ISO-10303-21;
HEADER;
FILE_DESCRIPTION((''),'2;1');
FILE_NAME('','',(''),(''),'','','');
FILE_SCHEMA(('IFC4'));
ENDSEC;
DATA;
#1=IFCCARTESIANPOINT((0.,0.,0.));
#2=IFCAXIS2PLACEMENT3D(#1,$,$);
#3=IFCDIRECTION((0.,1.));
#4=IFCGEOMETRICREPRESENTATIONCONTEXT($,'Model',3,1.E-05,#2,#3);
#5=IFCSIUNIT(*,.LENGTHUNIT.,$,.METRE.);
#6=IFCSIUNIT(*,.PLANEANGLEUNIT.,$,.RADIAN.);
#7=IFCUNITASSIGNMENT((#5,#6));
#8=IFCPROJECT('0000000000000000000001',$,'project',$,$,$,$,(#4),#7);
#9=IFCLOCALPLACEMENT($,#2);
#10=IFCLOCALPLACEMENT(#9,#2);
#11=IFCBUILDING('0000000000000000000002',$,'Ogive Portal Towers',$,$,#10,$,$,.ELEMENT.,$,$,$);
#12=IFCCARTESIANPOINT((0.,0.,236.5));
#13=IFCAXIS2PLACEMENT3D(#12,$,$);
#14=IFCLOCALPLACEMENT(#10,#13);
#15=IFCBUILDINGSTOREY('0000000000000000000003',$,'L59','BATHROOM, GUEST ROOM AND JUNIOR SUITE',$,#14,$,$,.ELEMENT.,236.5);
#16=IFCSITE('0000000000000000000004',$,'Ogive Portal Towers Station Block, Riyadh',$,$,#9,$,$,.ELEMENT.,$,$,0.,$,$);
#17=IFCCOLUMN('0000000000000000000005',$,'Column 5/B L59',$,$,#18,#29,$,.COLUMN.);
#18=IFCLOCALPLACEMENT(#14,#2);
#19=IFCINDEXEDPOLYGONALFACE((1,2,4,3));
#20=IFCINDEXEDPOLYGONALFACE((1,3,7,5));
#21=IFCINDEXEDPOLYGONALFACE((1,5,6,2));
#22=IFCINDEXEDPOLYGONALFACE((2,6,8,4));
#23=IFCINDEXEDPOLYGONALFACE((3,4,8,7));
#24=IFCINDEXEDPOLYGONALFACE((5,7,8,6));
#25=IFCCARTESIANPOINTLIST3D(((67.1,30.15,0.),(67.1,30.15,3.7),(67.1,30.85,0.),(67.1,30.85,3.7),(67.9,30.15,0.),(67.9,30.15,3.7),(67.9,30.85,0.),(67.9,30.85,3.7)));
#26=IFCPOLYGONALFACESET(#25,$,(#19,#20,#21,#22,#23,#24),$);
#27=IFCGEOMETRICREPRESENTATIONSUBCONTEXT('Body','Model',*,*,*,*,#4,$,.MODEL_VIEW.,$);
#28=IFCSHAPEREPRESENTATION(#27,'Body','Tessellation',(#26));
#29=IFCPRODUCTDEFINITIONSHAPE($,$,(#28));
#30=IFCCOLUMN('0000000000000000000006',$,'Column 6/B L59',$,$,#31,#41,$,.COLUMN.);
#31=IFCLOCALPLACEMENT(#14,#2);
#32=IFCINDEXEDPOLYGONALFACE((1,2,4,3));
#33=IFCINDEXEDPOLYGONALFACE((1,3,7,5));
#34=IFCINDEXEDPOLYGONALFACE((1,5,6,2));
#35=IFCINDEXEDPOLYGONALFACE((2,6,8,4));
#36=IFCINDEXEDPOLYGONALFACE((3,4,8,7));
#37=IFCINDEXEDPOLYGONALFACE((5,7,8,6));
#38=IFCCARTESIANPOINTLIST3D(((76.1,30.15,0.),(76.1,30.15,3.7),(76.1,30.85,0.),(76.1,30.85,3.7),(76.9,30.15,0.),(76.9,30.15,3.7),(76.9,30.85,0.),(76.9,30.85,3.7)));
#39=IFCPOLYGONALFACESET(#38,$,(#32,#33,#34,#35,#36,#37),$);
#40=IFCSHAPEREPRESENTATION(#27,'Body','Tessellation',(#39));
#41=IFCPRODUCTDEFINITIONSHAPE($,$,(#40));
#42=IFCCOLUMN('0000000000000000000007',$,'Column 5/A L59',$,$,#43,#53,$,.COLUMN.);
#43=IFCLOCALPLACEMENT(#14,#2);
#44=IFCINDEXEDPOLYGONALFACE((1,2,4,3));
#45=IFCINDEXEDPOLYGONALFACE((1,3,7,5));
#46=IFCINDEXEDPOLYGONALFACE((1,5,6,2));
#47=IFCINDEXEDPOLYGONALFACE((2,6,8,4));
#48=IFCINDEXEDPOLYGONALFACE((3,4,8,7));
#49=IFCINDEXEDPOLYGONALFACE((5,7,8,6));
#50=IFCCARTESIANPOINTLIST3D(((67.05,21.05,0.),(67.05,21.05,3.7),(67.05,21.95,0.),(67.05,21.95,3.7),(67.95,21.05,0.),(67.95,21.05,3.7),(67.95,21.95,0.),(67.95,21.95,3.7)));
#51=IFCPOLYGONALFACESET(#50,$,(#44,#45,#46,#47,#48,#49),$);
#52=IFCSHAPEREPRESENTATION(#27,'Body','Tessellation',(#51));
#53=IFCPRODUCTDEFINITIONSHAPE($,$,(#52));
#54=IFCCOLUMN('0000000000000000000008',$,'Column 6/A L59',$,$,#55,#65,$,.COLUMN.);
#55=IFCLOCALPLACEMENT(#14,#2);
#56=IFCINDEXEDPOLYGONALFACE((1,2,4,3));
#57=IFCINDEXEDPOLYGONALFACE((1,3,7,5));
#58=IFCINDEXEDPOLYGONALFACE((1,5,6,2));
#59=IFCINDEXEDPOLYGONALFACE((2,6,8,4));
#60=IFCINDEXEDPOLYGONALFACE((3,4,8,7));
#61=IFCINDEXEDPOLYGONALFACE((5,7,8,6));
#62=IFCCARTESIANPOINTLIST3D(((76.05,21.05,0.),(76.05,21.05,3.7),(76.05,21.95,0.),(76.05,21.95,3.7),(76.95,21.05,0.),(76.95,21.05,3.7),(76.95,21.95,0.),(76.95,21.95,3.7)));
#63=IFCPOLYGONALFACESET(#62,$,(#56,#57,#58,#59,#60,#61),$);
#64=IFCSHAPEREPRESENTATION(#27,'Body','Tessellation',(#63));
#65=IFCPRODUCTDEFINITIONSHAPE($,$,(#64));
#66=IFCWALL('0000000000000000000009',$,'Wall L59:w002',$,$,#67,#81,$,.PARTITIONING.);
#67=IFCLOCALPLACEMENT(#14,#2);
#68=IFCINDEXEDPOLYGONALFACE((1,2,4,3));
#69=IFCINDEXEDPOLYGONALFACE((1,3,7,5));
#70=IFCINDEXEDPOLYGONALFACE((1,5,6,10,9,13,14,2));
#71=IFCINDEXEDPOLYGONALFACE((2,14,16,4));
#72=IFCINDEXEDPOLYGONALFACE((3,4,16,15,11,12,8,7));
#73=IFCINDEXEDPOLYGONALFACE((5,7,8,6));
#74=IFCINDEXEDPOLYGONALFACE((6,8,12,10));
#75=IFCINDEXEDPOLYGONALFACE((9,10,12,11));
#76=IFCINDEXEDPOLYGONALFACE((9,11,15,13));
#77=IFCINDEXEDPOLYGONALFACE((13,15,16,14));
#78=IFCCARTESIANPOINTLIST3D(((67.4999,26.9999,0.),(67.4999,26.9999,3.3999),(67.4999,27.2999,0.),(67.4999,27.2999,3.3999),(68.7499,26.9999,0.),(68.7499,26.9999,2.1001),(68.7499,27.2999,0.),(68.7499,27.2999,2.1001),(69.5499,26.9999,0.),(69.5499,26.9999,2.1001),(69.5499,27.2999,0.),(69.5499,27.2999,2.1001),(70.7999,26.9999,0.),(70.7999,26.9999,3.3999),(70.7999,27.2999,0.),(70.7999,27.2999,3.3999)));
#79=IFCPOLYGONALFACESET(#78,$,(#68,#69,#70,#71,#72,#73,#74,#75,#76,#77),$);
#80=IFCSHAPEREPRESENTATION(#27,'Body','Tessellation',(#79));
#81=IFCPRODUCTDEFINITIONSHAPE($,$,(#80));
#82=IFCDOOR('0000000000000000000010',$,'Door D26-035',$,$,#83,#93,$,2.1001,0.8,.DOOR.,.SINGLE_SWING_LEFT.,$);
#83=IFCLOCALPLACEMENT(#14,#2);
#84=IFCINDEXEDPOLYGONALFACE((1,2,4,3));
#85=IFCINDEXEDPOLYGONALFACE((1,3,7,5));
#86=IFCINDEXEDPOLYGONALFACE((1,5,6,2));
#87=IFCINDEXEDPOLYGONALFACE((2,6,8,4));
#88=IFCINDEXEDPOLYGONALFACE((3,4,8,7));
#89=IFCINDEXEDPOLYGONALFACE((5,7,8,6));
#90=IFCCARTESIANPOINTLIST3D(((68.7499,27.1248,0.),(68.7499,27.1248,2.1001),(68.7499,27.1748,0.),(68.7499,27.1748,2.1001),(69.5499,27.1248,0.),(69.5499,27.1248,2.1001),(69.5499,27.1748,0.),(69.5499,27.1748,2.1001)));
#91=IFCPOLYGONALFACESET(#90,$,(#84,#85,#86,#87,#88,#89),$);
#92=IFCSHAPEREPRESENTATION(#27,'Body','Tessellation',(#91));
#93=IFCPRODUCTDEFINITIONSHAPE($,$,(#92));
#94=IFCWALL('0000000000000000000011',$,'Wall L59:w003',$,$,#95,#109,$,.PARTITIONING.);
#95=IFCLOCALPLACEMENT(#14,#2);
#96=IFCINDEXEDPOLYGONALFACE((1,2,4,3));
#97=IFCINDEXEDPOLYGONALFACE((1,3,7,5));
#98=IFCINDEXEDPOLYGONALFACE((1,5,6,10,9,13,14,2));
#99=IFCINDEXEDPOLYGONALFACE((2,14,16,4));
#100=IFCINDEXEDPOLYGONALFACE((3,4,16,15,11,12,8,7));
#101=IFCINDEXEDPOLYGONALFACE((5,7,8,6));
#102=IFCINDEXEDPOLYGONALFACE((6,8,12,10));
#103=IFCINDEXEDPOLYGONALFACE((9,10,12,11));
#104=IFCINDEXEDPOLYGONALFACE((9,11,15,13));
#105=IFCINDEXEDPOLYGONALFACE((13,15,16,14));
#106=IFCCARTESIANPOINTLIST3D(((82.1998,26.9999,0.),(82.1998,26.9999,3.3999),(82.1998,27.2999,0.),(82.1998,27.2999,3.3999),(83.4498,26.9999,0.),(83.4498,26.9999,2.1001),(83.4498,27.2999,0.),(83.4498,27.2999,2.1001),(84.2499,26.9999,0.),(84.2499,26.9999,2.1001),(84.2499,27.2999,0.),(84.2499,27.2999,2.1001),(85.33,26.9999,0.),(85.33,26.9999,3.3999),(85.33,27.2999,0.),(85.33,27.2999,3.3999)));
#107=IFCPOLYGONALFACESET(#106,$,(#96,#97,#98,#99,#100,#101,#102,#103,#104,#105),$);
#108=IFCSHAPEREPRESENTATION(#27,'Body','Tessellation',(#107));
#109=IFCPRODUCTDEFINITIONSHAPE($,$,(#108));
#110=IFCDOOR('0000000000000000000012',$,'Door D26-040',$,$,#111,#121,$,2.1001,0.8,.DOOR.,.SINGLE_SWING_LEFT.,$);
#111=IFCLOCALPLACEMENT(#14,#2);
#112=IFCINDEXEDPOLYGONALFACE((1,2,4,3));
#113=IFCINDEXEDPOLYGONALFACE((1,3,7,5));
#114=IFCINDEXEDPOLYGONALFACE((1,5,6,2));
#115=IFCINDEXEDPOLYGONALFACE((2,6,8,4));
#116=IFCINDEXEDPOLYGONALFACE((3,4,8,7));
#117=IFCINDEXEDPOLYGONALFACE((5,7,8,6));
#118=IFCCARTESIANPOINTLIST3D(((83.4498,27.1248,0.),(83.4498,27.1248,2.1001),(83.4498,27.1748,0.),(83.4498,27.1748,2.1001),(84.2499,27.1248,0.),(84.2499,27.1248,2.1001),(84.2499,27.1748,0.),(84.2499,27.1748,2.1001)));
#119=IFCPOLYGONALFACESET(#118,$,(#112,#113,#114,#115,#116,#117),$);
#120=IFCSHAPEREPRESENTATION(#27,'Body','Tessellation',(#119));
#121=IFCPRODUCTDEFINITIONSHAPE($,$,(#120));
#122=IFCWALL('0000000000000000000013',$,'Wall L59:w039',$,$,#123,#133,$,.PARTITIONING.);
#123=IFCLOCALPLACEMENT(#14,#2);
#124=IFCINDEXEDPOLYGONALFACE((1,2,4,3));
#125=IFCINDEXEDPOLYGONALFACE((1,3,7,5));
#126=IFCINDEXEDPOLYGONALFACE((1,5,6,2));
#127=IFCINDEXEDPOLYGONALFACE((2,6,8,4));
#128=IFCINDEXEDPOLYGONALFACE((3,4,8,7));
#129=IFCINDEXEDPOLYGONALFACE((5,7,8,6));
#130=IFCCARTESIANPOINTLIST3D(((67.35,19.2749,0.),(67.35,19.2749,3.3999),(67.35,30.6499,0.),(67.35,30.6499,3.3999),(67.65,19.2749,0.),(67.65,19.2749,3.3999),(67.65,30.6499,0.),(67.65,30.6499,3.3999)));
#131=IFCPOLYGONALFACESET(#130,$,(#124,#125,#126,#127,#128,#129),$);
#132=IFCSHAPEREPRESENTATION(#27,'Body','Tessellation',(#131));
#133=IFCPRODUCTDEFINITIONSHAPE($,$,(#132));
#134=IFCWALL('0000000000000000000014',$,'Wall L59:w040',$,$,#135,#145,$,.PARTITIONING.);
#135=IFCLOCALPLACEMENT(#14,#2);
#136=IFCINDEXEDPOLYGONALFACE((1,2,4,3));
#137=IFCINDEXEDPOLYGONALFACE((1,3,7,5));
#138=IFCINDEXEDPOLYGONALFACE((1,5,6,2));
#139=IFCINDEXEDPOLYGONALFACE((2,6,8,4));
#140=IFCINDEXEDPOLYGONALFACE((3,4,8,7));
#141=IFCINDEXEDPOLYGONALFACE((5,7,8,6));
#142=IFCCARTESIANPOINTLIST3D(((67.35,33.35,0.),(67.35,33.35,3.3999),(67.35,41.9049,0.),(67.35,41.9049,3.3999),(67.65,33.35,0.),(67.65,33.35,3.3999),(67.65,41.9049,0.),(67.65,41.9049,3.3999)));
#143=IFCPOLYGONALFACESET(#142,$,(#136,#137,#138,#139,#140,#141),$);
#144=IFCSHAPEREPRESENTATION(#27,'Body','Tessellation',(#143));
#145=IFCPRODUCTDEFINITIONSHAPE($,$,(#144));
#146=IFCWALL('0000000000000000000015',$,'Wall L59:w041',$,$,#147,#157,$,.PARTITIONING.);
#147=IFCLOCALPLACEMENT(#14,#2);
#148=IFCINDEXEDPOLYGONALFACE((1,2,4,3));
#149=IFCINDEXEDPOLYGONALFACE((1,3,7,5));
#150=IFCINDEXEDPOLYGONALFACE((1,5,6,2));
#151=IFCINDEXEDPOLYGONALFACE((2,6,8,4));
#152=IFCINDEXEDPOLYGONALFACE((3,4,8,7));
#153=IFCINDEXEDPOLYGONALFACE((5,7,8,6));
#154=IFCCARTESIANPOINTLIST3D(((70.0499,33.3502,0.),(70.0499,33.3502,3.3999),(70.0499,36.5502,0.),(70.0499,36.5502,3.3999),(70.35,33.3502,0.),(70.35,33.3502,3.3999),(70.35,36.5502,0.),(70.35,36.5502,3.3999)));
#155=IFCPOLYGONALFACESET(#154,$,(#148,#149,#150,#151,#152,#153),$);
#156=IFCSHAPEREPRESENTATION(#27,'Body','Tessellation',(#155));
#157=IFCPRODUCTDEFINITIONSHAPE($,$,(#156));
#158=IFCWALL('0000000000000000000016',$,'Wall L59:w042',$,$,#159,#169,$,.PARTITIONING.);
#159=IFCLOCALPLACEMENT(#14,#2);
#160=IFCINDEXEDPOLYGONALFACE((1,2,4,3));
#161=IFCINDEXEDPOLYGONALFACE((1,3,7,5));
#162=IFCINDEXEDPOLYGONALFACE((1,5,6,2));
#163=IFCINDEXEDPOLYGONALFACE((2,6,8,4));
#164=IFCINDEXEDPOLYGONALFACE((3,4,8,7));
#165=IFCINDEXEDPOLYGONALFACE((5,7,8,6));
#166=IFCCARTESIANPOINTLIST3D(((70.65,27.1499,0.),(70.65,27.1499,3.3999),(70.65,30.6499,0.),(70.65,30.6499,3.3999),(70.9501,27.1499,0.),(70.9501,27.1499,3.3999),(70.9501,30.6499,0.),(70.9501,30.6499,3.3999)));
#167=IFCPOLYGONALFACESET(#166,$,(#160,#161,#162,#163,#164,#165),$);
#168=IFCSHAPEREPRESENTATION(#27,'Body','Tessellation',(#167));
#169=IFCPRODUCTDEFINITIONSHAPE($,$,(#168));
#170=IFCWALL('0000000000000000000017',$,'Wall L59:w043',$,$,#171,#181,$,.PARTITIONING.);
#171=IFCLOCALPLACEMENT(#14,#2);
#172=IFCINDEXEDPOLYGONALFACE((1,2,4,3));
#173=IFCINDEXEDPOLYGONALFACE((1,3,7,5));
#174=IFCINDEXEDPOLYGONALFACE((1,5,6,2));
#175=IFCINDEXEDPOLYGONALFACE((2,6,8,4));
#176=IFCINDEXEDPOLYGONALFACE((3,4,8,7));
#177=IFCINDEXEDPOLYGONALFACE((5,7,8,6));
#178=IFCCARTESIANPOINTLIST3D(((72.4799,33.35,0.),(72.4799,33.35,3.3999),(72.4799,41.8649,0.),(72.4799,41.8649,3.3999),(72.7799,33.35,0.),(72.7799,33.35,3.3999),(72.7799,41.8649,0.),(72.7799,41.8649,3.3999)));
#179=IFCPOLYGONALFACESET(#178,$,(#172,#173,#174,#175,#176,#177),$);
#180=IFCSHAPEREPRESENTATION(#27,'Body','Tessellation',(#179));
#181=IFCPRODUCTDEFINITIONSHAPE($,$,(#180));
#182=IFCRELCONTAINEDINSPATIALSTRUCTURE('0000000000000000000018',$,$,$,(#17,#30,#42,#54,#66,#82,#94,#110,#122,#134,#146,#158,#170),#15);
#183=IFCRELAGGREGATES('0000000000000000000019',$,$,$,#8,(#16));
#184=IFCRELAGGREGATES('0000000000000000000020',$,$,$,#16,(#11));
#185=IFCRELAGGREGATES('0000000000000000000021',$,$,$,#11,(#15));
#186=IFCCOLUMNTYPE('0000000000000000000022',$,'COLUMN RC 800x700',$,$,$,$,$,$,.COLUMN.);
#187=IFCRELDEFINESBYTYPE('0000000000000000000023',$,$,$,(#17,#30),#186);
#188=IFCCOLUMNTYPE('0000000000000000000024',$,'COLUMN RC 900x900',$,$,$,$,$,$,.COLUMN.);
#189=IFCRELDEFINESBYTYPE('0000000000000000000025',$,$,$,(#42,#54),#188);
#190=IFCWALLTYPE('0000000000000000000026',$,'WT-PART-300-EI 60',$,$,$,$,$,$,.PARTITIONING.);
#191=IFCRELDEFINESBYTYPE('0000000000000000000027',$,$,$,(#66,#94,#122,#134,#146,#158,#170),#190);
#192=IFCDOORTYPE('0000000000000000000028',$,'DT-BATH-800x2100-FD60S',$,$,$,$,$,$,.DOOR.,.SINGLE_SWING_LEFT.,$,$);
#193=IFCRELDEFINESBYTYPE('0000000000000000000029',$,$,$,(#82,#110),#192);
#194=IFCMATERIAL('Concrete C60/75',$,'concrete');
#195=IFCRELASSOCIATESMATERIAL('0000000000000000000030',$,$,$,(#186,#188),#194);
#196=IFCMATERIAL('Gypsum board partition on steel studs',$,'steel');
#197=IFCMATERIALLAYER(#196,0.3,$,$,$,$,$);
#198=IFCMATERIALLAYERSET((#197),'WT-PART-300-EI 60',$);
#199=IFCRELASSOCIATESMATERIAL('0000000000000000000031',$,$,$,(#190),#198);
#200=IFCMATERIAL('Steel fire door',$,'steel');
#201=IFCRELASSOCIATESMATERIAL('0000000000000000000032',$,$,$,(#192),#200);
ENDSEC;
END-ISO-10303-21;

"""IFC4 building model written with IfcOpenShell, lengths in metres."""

from ifc_helpers import new_model, si_unit, direction, frame, frame_2d, origin, origin_2d, place, context, subcontext, project, spatial, rectangle, extrude, material, layer, layer_set, material_profile, profile_set, type_object, element, fill, save


model = new_model("IFC4")

# Units and contexts
model_context = context("Model", 3, precision=1e-05, world=origin(), true_north=direction((0.0, 1.0)))
body_context = subcontext(model_context, "Body", "Model", "MODEL_VIEW")
ifc_project = project(units=[si_unit("LENGTHUNIT", "METRE"), si_unit("PLANEANGLEUNIT", "RADIAN")], contexts=[model_context])

# Site, building, storey
site_placement = place(None, origin())
site = spatial("IfcSite", under=ifc_project, at=site_placement, Name="Ogive Portal Towers Station Block, Riyadh", CompositionType="ELEMENT", RefElevation=0.0)
building_placement = place(site_placement, origin())
building = spatial("IfcBuilding", under=site, at=building_placement, Name="Ogive Portal Towers", CompositionType="ELEMENT")
storey_placement = place(building_placement, frame((0.0, 0.0, 236.5)))
storey = spatial("IfcBuildingStorey", under=building, at=storey_placement, Name="L59", Description="BATHROOM, GUEST ROOM AND JUNIOR SUITE", CompositionType="ELEMENT", Elevation=236.5)

# Columns
ifc_material_1 = material(Name="Concrete C60/75", Category="concrete")
ifc_material_profile_1 = material_profile(ifc_material_1, rectangle(XDim=0.8, YDim=0.7, at=origin_2d()), Name="RC 800x700")
ifc_profile_set_1 = profile_set([ifc_material_profile_1], Name="Concrete C60/75")
column_type_1 = type_object("IfcColumnType", Name="COLUMN RC 800x700", PredefinedType="COLUMN", material=ifc_profile_set_1)
for number, where, z_axis, x_axis, name in (
    (1, (67.5, 30.5, 0.0), (0.0, 0.0, 1.0), (1.0, 0.0, 0.0), "Column 5/B L59"),
    (2, (76.5, 30.5, 0.0), (0.0, 0.0, 1.0), (1.0, 0.0, 0.0), "Column 6/B L59"),
):
    element("IfcColumn", number, at=place(storey_placement, frame(where, z_axis=z_axis, x_axis=x_axis)), inside=storey, type_object=column_type_1, Name=name, PredefinedType="COLUMN", context=body_context, shape_type="SweptSolid", body=[
        extrude(rectangle(XDim=0.8, YDim=0.7, at=origin_2d()), origin(), (0.0, 0.0, 1.0), 3.7),
    ])
ifc_material_profile_2 = material_profile(ifc_material_1, rectangle(XDim=0.8999, YDim=0.8999, at=origin_2d()), Name="RC 900x900")
ifc_profile_set_2 = profile_set([ifc_material_profile_2], Name="Concrete C60/75")
column_type_2 = type_object("IfcColumnType", Name="COLUMN RC 900x900", PredefinedType="COLUMN", material=ifc_profile_set_2)
for number, where, z_axis, x_axis, name in (
    (3, (67.5, 21.5, 0.0), (0.0, 0.0, 1.0), (1.0, 0.0, 0.0), "Column 5/A L59"),
    (4, (76.5, 21.5, 0.0), (0.0, 0.0, 1.0), (1.0, 0.0, 0.0), "Column 6/A L59"),
):
    element("IfcColumn", number, at=place(storey_placement, frame(where, z_axis=z_axis, x_axis=x_axis)), inside=storey, type_object=column_type_2, Name=name, PredefinedType="COLUMN", context=body_context, shape_type="SweptSolid", body=[
        extrude(rectangle(XDim=0.8999, YDim=0.8999, at=origin_2d()), origin(), (0.0, 0.0, 1.0), 3.7),
    ])

# Walls, openings, doors
ifc_material_2 = material(Name="Gypsum board partition on steel studs", Category="steel")
ifc_layer_1 = layer(ifc_material_2, 0.3)
ifc_layer_set_1 = layer_set([ifc_layer_1], Name="WT-PART-300-EI 60")
wall_type = type_object("IfcWallType", Name="WT-PART-300-EI 60", PredefinedType="PARTITIONING", material=ifc_layer_set_1)
wall_1_placement = place(storey_placement, frame((67.5, 27.1499, 0.0), z_axis=(0.0, 0.0, 1.0), x_axis=(1.0, 0.0, 0.0)))
wall_1 = element("IfcWall", 5, at=wall_1_placement, inside=storey, type_object=wall_type, Name="Wall L59:w002", PredefinedType="PARTITIONING", context=body_context, shape_type="SweptSolid", body=[
    extrude(rectangle(XDim=3.3, YDim=0.3, at=frame_2d((1.6499, 0.0))), origin(), (0.0, 0.0, 1.0), 3.3999),
])
opening_1_placement = place(wall_1_placement, frame((1.25, 0.0, 0.0)))
opening_1 = element("IfcOpeningElement", 6, at=opening_1_placement, cuts=wall_1, PredefinedType="OPENING", context=body_context, shape_type="SweptSolid", body=[
    extrude(rectangle(XDim=0.8, YDim=2.1001, at=frame_2d((0.3999, 1.05))), frame((0.0, 0.1602, 0.0), z_axis=(0.0, -1.0, 0.0), x_axis=(1.0, 0.0, 0.0)), (0.0, 0.0, 1.0), 0.3201),
])
ifc_material_3 = material(Name="Steel fire door", Category="steel")
door_type = type_object("IfcDoorType", Name="DT-BATH-800x2100-FD60S", OperationType="SINGLE_SWING_LEFT", PredefinedType="DOOR", material=ifc_material_3)
door_1_placement = place(opening_1_placement, origin())
door_1 = element("IfcDoor", 7, at=door_1_placement, inside=storey, type_object=door_type, Name="Door D26-035", OperationType="SINGLE_SWING_LEFT", OverallHeight=2.1001, OverallWidth=0.8, PredefinedType="DOOR", context=body_context, shape_type="SweptSolid", body=[
    extrude(rectangle(XDim=0.8, YDim=2.1001, at=frame_2d((0.3999, 1.05))), frame((0.0, 0.0249, 0.0), z_axis=(0.0, -1.0, 0.0), x_axis=(1.0, 0.0, 0.0)), (0.0, 0.0, 1.0), 0.05),
])
fill(opening_1, door_1)
wall_2_placement = place(storey_placement, frame((82.2, 27.1499, 0.0), z_axis=(0.0, 0.0, 1.0), x_axis=(1.0, 0.0, 0.0)))
wall_2 = element("IfcWall", 8, at=wall_2_placement, inside=storey, type_object=wall_type, Name="Wall L59:w003", PredefinedType="PARTITIONING", context=body_context, shape_type="SweptSolid", body=[
    extrude(rectangle(XDim=3.1301, YDim=0.3, at=frame_2d((1.5649, 0.0))), origin(), (0.0, 0.0, 1.0), 3.3999),
])
opening_2_placement = place(wall_2_placement, frame((1.25, 0.0, 0.0)))
opening_2 = element("IfcOpeningElement", 9, at=opening_2_placement, cuts=wall_2, PredefinedType="OPENING", context=body_context, shape_type="SweptSolid", body=[
    extrude(rectangle(XDim=0.8, YDim=2.1001, at=frame_2d((0.3999, 1.05))), frame((0.0, 0.1602, 0.0), z_axis=(0.0, -1.0, 0.0), x_axis=(1.0, 0.0, 0.0)), (0.0, 0.0, 1.0), 0.3201),
])
door_2_placement = place(opening_2_placement, origin())
door_2 = element("IfcDoor", 10, at=door_2_placement, inside=storey, type_object=door_type, Name="Door D26-040", OperationType="SINGLE_SWING_LEFT", OverallHeight=2.1001, OverallWidth=0.8, PredefinedType="DOOR", context=body_context, shape_type="SweptSolid", body=[
    extrude(rectangle(XDim=0.8, YDim=2.1001, at=frame_2d((0.3999, 1.05))), frame((0.0, 0.0249, 0.0), z_axis=(0.0, -1.0, 0.0), x_axis=(1.0, 0.0, 0.0)), (0.0, 0.0, 1.0), 0.05),
])
fill(opening_2, door_2)

# Walls
wall_3_placement = place(storey_placement, frame((67.5, 19.2749, 0.0), z_axis=(0.0, 0.0, 1.0), x_axis=(0.0, 1.0, 0.0)))
element("IfcWall", 11, at=wall_3_placement, inside=storey, type_object=wall_type, Name="Wall L59:w039", PredefinedType="PARTITIONING", context=body_context, shape_type="SweptSolid", body=[
    extrude(rectangle(XDim=11.375, YDim=0.3, at=frame_2d((5.6875, 0.0))), origin(), (0.0, 0.0, 1.0), 3.3999),
])
wall_4_placement = place(storey_placement, frame((67.5, 33.3501, 0.0), z_axis=(0.0, 0.0, 1.0), x_axis=(0.0, 1.0, 0.0)))
element("IfcWall", 12, at=wall_4_placement, inside=storey, type_object=wall_type, Name="Wall L59:w040", PredefinedType="PARTITIONING", context=body_context, shape_type="SweptSolid", body=[
    extrude(rectangle(XDim=8.5549, YDim=0.3, at=frame_2d((4.2773, 0.0))), origin(), (0.0, 0.0, 1.0), 3.3999),
])
wall_5_placement = place(storey_placement, frame((70.2, 33.3501, 0.0), z_axis=(0.0, 0.0, 1.0), x_axis=(0.0, 1.0, 0.0)))
element("IfcWall", 13, at=wall_5_placement, inside=storey, type_object=wall_type, Name="Wall L59:w041", PredefinedType="PARTITIONING", context=body_context, shape_type="SweptSolid", body=[
    extrude(rectangle(XDim=3.2, YDim=0.3, at=frame_2d((1.6001, 0.0))), origin(), (0.0, 0.0, 1.0), 3.3999),
])
wall_6_placement = place(storey_placement, frame((70.8, 27.1499, 0.0), z_axis=(0.0, 0.0, 1.0), x_axis=(0.0, 1.0, 0.0)))
element("IfcWall", 14, at=wall_6_placement, inside=storey, type_object=wall_type, Name="Wall L59:w042", PredefinedType="PARTITIONING", context=body_context, shape_type="SweptSolid", body=[
    extrude(rectangle(XDim=3.5, YDim=0.3, at=frame_2d((1.75, 0.0))), origin(), (0.0, 0.0, 1.0), 3.3999),
])
wall_7_placement = place(storey_placement, frame((72.6299, 33.3501, 0.0), z_axis=(0.0, 0.0, 1.0), x_axis=(0.0, 1.0, 0.0)))
element("IfcWall", 15, at=wall_7_placement, inside=storey, type_object=wall_type, Name="Wall L59:w043", PredefinedType="PARTITIONING", context=body_context, shape_type="SweptSolid", body=[
    extrude(rectangle(XDim=8.5149, YDim=0.3, at=frame_2d((4.2573, 0.0))), origin(), (0.0, 0.0, 1.0), 3.3999),
])

save(model, "model.ifc")
